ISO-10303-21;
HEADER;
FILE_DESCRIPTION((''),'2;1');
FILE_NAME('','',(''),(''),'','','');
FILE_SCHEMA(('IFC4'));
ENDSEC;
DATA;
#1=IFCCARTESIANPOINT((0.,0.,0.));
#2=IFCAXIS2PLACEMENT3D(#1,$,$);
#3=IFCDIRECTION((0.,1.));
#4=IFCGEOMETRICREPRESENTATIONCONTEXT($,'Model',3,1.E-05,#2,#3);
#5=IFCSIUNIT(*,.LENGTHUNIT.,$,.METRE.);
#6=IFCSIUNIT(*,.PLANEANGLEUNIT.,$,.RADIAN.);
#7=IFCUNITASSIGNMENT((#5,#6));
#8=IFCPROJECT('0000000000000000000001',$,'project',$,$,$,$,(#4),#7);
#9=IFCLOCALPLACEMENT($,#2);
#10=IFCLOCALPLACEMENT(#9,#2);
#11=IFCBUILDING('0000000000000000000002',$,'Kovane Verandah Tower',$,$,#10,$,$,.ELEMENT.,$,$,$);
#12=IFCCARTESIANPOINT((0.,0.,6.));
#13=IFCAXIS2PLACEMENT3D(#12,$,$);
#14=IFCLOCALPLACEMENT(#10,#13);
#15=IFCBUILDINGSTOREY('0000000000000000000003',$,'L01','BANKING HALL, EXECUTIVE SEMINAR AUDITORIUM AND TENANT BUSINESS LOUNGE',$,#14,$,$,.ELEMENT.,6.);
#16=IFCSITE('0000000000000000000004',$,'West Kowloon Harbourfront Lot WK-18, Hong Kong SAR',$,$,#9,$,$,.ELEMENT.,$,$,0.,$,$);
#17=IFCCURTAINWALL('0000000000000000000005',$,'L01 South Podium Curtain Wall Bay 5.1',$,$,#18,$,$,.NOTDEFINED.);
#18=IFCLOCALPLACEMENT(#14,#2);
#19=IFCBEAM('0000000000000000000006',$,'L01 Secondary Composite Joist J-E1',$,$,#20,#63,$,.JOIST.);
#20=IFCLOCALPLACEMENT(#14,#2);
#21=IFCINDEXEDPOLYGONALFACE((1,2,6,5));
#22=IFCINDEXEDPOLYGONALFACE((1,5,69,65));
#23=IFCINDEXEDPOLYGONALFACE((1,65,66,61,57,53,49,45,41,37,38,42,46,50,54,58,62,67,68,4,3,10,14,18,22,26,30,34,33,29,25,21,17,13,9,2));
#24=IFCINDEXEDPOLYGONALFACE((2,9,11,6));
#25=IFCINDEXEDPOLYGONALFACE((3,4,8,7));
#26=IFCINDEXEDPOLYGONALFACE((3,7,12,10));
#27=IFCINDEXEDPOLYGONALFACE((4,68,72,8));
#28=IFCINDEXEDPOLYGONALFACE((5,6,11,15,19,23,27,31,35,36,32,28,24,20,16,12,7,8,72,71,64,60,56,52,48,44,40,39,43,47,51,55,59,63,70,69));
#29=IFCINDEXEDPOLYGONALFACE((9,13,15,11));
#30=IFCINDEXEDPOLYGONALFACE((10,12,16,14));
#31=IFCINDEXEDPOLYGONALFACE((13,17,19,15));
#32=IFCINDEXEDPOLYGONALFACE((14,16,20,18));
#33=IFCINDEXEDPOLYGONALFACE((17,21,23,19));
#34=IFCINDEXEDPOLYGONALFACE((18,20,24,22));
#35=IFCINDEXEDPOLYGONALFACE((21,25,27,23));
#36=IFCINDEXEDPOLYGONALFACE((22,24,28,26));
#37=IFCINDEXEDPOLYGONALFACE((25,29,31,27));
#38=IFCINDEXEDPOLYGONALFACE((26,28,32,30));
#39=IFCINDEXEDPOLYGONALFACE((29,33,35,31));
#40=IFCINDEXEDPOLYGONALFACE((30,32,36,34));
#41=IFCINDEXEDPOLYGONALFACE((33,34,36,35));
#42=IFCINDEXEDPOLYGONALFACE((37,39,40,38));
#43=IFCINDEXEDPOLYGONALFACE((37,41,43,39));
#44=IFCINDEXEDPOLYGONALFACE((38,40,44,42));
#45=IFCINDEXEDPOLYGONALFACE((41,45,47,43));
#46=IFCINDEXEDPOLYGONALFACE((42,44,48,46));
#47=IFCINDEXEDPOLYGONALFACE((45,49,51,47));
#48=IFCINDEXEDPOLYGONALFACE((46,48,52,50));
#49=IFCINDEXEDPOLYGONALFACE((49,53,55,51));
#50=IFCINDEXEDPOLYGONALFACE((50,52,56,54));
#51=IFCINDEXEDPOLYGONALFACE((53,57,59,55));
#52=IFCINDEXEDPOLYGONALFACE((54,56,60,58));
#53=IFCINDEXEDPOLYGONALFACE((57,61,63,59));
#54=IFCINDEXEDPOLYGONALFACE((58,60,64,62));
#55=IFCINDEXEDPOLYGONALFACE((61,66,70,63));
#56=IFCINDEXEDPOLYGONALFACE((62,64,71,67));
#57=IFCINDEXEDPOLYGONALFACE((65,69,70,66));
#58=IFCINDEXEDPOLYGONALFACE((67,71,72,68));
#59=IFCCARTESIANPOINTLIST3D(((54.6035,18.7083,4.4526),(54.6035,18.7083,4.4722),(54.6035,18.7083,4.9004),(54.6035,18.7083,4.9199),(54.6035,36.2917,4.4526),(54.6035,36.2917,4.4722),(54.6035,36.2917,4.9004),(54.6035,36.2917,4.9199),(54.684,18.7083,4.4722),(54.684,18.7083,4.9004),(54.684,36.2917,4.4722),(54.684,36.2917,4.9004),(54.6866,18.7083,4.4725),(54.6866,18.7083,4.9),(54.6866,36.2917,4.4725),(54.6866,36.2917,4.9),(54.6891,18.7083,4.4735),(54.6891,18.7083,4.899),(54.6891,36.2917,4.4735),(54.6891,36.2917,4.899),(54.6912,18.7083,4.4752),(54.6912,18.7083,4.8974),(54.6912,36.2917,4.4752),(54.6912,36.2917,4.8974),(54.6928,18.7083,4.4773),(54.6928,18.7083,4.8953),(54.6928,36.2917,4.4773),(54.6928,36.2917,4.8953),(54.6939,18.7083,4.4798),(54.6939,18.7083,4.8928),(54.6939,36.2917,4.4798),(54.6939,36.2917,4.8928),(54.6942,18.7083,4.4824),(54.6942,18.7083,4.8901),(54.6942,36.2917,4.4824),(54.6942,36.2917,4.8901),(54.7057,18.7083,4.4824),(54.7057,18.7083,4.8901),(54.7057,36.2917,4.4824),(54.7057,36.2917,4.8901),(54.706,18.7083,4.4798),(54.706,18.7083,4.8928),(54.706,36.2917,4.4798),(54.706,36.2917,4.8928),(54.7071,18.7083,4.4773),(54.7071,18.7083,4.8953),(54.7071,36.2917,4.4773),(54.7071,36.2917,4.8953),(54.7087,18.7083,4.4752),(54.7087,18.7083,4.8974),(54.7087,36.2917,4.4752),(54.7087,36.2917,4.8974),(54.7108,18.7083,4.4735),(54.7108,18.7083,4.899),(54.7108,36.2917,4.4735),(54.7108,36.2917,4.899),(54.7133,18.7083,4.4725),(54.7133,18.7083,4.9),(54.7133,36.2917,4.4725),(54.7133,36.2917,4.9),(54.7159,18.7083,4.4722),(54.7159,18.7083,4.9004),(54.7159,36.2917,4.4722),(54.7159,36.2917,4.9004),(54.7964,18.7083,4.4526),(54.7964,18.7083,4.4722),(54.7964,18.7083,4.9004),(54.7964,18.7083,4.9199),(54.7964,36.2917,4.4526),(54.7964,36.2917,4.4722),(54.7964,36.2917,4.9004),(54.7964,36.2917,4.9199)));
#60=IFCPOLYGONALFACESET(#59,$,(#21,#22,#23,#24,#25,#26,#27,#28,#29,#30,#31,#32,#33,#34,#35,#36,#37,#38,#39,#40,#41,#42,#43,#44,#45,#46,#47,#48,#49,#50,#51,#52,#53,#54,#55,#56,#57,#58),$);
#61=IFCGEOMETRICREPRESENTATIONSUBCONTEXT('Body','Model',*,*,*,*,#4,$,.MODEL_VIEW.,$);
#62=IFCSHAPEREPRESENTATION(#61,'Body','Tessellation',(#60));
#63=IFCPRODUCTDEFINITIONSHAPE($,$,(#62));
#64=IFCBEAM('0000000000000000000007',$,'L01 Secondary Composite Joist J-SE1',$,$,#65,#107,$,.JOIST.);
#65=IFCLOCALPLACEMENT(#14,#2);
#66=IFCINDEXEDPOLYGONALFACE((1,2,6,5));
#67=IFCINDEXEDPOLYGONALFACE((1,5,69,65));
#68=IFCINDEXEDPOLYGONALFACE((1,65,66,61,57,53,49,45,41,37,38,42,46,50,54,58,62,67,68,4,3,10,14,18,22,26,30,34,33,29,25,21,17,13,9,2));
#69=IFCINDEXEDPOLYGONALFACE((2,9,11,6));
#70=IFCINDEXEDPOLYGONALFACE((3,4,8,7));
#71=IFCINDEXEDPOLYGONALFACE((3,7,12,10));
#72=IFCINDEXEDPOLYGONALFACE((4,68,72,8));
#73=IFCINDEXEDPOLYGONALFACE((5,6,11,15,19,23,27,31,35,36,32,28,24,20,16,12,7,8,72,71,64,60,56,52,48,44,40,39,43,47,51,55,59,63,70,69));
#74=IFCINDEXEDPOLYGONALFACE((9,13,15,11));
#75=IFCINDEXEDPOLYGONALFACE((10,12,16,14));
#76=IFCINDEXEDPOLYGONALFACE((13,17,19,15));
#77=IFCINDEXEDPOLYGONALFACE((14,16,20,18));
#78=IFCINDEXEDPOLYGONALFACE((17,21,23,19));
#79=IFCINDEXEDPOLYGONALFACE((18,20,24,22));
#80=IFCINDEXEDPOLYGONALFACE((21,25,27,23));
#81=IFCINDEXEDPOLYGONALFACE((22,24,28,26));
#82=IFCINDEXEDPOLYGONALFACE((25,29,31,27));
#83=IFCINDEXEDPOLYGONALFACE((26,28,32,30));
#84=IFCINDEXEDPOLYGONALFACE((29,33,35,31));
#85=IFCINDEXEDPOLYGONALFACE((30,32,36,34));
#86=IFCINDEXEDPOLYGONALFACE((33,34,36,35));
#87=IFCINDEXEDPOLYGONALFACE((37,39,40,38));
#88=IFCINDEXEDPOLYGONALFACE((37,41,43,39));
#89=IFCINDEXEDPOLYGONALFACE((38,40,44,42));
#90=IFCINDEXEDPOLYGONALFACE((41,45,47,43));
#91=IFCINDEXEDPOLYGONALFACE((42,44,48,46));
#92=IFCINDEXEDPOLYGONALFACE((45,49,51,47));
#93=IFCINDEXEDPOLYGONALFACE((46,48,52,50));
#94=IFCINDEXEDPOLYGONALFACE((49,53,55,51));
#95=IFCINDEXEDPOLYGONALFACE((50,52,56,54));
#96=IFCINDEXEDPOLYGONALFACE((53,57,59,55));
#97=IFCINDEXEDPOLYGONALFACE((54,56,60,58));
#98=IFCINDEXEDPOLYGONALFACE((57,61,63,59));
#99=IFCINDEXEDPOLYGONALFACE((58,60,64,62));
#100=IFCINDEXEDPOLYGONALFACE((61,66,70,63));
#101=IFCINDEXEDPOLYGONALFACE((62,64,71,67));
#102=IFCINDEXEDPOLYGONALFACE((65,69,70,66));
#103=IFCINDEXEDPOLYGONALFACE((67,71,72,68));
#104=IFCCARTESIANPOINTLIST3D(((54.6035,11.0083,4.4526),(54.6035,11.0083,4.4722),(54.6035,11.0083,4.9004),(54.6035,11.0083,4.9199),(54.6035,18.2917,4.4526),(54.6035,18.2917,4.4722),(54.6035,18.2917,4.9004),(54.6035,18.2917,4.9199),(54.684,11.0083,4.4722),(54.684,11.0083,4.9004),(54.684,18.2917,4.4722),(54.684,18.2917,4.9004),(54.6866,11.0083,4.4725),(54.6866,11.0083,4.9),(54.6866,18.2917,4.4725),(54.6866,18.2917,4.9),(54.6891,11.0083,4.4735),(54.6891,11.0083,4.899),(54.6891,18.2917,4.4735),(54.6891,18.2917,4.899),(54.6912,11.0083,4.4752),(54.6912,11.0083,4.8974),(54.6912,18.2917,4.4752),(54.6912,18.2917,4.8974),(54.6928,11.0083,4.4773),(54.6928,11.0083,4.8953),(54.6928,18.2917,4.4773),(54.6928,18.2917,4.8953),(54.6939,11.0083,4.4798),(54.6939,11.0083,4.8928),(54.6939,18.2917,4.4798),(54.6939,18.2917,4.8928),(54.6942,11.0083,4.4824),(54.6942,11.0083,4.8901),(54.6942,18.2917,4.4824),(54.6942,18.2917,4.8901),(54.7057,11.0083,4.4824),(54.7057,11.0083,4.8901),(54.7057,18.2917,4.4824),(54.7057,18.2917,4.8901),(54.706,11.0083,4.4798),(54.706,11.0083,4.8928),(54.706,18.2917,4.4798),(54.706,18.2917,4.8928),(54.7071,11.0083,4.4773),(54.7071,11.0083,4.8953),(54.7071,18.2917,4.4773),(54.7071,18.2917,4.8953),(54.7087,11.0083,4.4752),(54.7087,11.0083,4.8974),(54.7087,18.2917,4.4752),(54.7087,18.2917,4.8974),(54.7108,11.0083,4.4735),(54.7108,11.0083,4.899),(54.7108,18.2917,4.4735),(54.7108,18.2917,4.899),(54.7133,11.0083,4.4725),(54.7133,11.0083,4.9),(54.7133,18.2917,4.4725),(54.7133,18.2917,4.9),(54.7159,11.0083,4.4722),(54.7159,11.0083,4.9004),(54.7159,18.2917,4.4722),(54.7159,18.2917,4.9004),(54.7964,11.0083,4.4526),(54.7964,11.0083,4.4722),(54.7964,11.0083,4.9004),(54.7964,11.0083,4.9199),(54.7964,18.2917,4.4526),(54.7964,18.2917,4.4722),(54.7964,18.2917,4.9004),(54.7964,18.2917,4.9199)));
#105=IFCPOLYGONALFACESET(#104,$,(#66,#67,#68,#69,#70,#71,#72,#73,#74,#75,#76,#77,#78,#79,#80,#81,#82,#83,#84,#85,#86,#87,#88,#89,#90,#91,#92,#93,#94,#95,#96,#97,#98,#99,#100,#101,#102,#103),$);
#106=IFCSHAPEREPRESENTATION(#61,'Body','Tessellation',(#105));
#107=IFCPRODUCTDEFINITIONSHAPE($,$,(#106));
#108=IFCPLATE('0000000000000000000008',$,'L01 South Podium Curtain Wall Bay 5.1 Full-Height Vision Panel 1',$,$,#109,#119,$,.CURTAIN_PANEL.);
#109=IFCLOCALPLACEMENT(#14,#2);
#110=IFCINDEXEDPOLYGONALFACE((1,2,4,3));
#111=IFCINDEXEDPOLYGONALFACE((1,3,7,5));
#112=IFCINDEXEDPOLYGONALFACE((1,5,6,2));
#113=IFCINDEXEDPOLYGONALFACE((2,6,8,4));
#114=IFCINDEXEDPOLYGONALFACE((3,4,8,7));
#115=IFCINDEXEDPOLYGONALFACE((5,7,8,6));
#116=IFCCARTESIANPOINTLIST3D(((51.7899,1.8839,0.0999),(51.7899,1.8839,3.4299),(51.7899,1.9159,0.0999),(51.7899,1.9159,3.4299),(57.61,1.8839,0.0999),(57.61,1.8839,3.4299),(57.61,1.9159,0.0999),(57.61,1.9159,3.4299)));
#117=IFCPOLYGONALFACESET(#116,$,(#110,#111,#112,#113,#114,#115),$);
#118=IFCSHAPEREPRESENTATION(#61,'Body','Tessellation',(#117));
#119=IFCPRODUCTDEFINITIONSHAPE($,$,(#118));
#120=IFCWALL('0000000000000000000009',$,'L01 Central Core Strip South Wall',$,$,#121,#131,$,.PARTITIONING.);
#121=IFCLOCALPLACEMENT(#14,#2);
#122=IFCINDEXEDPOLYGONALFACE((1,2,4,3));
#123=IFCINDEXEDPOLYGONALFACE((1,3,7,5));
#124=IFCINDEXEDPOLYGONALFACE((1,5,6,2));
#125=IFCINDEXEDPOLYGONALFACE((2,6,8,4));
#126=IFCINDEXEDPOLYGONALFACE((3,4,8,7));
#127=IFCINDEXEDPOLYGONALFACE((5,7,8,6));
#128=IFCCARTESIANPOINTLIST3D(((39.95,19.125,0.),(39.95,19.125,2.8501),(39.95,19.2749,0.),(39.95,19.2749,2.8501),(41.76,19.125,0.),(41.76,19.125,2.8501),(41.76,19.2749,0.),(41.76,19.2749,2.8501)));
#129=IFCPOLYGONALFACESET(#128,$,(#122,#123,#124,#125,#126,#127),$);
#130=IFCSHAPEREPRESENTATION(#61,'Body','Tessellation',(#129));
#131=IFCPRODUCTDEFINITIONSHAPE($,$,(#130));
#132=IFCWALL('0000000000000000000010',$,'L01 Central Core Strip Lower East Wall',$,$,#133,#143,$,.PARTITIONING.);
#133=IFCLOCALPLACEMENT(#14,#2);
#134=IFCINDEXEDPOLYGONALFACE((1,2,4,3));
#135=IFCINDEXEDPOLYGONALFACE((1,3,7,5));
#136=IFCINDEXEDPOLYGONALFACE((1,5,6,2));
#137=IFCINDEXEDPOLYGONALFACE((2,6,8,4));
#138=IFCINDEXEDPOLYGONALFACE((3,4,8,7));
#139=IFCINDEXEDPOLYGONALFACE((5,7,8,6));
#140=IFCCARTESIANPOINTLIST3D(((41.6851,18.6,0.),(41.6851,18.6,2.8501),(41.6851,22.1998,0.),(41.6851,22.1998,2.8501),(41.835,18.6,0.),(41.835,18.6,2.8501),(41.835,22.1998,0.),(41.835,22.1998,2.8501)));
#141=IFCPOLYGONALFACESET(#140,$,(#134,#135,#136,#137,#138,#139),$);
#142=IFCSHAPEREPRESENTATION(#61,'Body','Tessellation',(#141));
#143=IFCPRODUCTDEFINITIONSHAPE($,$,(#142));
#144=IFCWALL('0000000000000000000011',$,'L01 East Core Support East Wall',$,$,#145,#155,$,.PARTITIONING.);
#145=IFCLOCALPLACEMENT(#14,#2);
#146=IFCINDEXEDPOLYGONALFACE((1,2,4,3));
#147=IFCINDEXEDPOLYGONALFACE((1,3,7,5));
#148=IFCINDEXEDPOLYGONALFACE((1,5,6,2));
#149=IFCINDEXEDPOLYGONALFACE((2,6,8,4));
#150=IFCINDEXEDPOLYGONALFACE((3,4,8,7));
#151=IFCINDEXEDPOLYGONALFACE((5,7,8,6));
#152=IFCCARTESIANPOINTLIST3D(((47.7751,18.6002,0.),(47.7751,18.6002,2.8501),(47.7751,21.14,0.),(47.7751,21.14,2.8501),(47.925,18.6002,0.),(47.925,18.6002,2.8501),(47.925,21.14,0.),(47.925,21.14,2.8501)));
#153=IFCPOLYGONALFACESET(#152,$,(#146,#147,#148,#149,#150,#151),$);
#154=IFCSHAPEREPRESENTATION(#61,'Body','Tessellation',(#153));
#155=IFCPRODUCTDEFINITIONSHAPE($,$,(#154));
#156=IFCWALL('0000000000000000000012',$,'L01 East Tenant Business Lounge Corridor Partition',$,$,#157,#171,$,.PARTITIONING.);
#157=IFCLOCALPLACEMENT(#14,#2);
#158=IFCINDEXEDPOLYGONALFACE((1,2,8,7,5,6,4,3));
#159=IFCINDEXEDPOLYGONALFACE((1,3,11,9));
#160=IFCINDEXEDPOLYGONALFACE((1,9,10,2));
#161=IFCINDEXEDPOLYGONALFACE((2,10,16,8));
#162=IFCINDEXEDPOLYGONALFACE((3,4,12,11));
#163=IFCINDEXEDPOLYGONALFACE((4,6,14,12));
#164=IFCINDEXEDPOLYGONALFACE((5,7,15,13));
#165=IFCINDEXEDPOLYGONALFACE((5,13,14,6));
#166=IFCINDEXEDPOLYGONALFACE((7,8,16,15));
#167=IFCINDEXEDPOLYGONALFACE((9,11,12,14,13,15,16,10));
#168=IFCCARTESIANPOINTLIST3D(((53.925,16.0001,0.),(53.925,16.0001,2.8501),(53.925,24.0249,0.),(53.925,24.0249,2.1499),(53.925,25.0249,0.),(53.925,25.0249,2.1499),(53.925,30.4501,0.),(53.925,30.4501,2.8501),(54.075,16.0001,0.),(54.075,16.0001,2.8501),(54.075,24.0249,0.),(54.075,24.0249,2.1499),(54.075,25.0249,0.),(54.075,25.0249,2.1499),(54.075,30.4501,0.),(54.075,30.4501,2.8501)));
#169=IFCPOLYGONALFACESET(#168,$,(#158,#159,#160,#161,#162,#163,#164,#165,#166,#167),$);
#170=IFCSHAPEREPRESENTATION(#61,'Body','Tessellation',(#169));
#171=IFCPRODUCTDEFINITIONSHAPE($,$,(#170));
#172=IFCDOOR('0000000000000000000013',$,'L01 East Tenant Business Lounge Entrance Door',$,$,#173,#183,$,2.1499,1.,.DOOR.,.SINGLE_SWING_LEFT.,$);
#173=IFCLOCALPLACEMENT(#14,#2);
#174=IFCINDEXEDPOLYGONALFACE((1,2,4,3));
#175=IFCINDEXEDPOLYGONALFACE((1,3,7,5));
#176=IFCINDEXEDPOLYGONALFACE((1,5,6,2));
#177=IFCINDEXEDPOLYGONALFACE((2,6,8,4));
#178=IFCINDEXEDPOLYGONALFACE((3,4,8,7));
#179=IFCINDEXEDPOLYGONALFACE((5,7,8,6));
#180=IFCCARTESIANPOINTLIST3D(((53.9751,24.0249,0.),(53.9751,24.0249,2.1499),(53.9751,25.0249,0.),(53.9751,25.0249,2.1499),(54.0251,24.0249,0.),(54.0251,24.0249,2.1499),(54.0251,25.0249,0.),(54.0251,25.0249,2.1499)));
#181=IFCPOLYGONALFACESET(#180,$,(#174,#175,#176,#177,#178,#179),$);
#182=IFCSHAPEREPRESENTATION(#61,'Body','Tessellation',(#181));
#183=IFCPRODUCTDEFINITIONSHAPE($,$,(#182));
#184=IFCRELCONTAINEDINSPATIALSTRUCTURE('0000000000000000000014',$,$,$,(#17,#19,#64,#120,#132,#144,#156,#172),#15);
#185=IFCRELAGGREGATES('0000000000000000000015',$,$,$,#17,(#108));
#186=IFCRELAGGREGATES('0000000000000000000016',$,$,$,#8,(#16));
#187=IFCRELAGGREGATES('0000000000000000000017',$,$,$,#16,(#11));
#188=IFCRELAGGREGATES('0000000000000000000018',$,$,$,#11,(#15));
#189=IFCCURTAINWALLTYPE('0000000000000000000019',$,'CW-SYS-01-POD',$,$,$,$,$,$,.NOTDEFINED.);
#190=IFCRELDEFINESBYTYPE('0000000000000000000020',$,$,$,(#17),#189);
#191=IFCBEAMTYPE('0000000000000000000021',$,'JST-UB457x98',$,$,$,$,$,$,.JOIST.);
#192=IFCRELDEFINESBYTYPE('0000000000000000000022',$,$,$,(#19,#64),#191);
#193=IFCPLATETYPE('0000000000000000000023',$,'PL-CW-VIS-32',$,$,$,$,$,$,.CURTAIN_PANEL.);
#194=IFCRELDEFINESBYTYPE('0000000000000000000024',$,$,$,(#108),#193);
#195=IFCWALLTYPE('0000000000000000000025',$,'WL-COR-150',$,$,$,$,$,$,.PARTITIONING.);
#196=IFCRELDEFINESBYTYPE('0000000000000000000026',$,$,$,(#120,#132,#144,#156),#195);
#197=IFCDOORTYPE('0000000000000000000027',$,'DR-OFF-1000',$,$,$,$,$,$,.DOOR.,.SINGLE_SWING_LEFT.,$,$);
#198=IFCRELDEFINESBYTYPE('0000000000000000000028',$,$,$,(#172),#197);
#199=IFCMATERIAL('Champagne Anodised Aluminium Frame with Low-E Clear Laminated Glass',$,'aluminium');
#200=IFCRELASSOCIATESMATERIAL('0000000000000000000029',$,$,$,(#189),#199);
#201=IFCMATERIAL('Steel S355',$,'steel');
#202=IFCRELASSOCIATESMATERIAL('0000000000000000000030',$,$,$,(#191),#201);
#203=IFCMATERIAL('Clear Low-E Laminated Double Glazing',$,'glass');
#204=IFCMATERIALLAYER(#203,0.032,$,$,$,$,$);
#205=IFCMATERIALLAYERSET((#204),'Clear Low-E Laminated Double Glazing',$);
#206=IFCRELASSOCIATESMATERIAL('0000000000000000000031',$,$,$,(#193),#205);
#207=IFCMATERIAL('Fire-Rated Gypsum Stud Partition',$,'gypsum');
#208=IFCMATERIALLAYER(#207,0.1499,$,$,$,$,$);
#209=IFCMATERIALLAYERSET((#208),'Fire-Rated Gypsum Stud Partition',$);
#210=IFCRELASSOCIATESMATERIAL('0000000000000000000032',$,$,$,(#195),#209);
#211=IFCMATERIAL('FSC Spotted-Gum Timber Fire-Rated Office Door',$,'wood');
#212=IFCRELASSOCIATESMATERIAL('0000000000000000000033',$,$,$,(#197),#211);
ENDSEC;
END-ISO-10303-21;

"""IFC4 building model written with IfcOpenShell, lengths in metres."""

from ifc_helpers import new_model, si_unit, direction, frame, frame_2d, origin, origin_2d, place, context, subcontext, project, spatial, rectangle, i_section, extrude, material, layer, layer_set, material_profile, profile_set, type_object, element, fill, aggregate, save


model = new_model("IFC4")

# Units and contexts
model_context = context("Model", 3, precision=1e-05, world=origin(), true_north=direction((0.0, 1.0)))
body_context = subcontext(model_context, "Body", "Model", "MODEL_VIEW")
ifc_project = project(units=[si_unit("LENGTHUNIT", "METRE"), si_unit("PLANEANGLEUNIT", "RADIAN")], contexts=[model_context])

# Site, building, storey
site_placement = place(None, origin())
site = spatial("IfcSite", under=ifc_project, at=site_placement, Name="West Kowloon Harbourfront Lot WK-18, Hong Kong SAR", CompositionType="ELEMENT", RefElevation=0.0)
building_placement = place(site_placement, origin())
building = spatial("IfcBuilding", under=site, at=building_placement, Name="Kovane Verandah Tower", CompositionType="ELEMENT")
storey_placement = place(building_placement, frame((0.0, 0.0, 6.0)))
storey = spatial("IfcBuildingStorey", under=building, at=storey_placement, Name="L01", Description="BANKING HALL, EXECUTIVE SEMINAR AUDITORIUM AND TENANT BUSINESS LOUNGE", CompositionType="ELEMENT", Elevation=6.0)

# Curtain wall
ifc_material_1 = material(Name="Champagne Anodised Aluminium Frame with Low-E Clear Laminated Glass", Category="aluminium")
curtain_wall_type = type_object("IfcCurtainWallType", Name="CW-SYS-01-POD", PredefinedType="NOTDEFINED", material=ifc_material_1)
curtain_wall_placement = place(storey_placement, origin())
curtain_wall = element("IfcCurtainWall", 1, at=curtain_wall_placement, inside=storey, type_object=curtain_wall_type, Name="L01 South Podium Curtain Wall Bay 5.1", PredefinedType="NOTDEFINED")

# Beams
ifc_material_2 = material(Name="Steel S355", Category="steel")
ifc_material_profile_1 = material_profile(ifc_material_2, i_section(OverallWidth=0.1929, OverallDepth=0.4673, WebThickness=0.0115, FlangeThickness=0.0195, FilletRadius=0.0103, at=origin_2d()), Name="UB457x191x98")
ifc_profile_set_1 = profile_set([ifc_material_profile_1], Name="Steel S355")
beam_type_1 = type_object("IfcBeamType", Name="JST-UB457x98", PredefinedType="JOIST", material=ifc_profile_set_1)
beam_1_placement = place(storey_placement, frame((54.7, 18.7083, 4.6863), z_axis=(0.0, 1.0, 0.0), x_axis=(-1.0, 0.0, 0.0)))
element("IfcBeam", 2, at=beam_1_placement, inside=storey, type_object=beam_type_1, Name="L01 Secondary Composite Joist J-E1", PredefinedType="JOIST", context=body_context, shape_type="SweptSolid", body=[
    extrude(i_section(OverallWidth=0.1929, OverallDepth=0.4673, WebThickness=0.0115, FlangeThickness=0.0195, FilletRadius=0.0103, at=origin_2d()), origin(), (0.0, 0.0, 1.0), 17.5835),
])
beam_2_placement = place(storey_placement, frame((54.7, 11.0083, 4.6863), z_axis=(0.0, 1.0, 0.0), x_axis=(-1.0, 0.0, 0.0)))
element("IfcBeam", 3, at=beam_2_placement, inside=storey, type_object=beam_type_1, Name="L01 Secondary Composite Joist J-SE1", PredefinedType="JOIST", context=body_context, shape_type="SweptSolid", body=[
    extrude(i_section(OverallWidth=0.1929, OverallDepth=0.4673, WebThickness=0.0115, FlangeThickness=0.0195, FilletRadius=0.0103, at=origin_2d()), origin(), (0.0, 0.0, 1.0), 7.2834),
])

# Plate
ifc_material_3 = material(Name="Clear Low-E Laminated Double Glazing", Category="glass")
ifc_layer_1 = layer(ifc_material_3, 0.032)
ifc_layer_set_1 = layer_set([ifc_layer_1], Name="Clear Low-E Laminated Double Glazing")
plate_type = type_object("IfcPlateType", Name="PL-CW-VIS-32", PredefinedType="CURTAIN_PANEL", material=ifc_layer_set_1)
plate_placement = place(storey_placement, frame((54.7, 1.8999, 0.0999), z_axis=(0.0, 0.0, 1.0), x_axis=(1.0, 0.0, 0.0)))
plate = element("IfcPlate", 4, at=plate_placement, type_object=plate_type, Name="L01 South Podium Curtain Wall Bay 5.1 Full-Height Vision Panel 1", PredefinedType="CURTAIN_PANEL", context=body_context, shape_type="SweptSolid", body=[
    extrude(rectangle(XDim=5.8201, YDim=0.032, at=origin_2d()), origin(), (0.0, 0.0, 1.0), 3.3301),
])
aggregate(curtain_wall, [plate])

# Walls
ifc_material_4 = material(Name="Fire-Rated Gypsum Stud Partition", Category="gypsum")
ifc_layer_2 = layer(ifc_material_4, 0.1499)
ifc_layer_set_2 = layer_set([ifc_layer_2], Name="Fire-Rated Gypsum Stud Partition")
wall_type_1 = type_object("IfcWallType", Name="WL-COR-150", PredefinedType="PARTITIONING", material=ifc_layer_set_2)
wall_1_placement = place(storey_placement, frame((39.95, 19.2, 0.0), z_axis=(0.0, 0.0, 1.0), x_axis=(1.0, 0.0, 0.0)))
element("IfcWall", 5, at=wall_1_placement, inside=storey, type_object=wall_type_1, Name="L01 Central Core Strip South Wall", PredefinedType="PARTITIONING", context=body_context, shape_type="SweptSolid", body=[
    extrude(rectangle(XDim=1.8101, YDim=0.1499, at=frame_2d((0.905, 0.0))), origin(), (0.0, 0.0, 1.0), 2.8501),
])
wall_2_placement = place(storey_placement, frame((41.76, 18.6001, 0.0), z_axis=(0.0, 0.0, 1.0), x_axis=(0.0, 1.0, 0.0)))
element("IfcWall", 6, at=wall_2_placement, inside=storey, type_object=wall_type_1, Name="L01 Central Core Strip Lower East Wall", PredefinedType="PARTITIONING", context=body_context, shape_type="SweptSolid", body=[
    extrude(rectangle(XDim=3.5999, YDim=0.1499, at=frame_2d((1.7998, 0.0))), origin(), (0.0, 0.0, 1.0), 2.8501),
])
wall_3_placement = place(storey_placement, frame((47.8501, 18.6001, 0.0), z_axis=(0.0, 0.0, 1.0), x_axis=(0.0, 1.0, 0.0)))
element("IfcWall", 7, at=wall_3_placement, inside=storey, type_object=wall_type_1, Name="L01 East Core Support East Wall", PredefinedType="PARTITIONING", context=body_context, shape_type="SweptSolid", body=[
    extrude(rectangle(XDim=2.5398, YDim=0.1499, at=frame_2d((1.27, 0.0))), origin(), (0.0, 0.0, 1.0), 2.8501),
])

# Wall, opening, door
wall_4_placement = place(storey_placement, frame((54.0, 16.0, 0.0), z_axis=(0.0, 0.0, 1.0), x_axis=(0.0, 1.0, 0.0)))
wall_4 = element("IfcWall", 8, at=wall_4_placement, inside=storey, type_object=wall_type_1, Name="L01 East Tenant Business Lounge Corridor Partition", PredefinedType="PARTITIONING", context=body_context, shape_type="SweptSolid", body=[
    extrude(rectangle(XDim=14.45, YDim=0.1499, at=frame_2d((7.2251, 0.0))), origin(), (0.0, 0.0, 1.0), 2.8501),
])
opening_placement = place(wall_4_placement, frame((8.0249, 0.0, 0.0)))
opening = element("IfcOpeningElement", 9, at=opening_placement, cuts=wall_4, PredefinedType="OPENING", context=body_context, shape_type="SweptSolid", body=[
    extrude(rectangle(XDim=1.0, YDim=2.1499, at=frame_2d((0.5, 1.075))), frame((0.0, 0.075, 0.0), z_axis=(0.0, -1.0, 0.0), x_axis=(1.0, 0.0, 0.0)), (0.0, 0.0, 1.0), 0.1499),
])
ifc_material_5 = material(Name="FSC Spotted-Gum Timber Fire-Rated Office Door", Category="wood")
door_type = type_object("IfcDoorType", Name="DR-OFF-1000", OperationType="SINGLE_SWING_LEFT", PredefinedType="DOOR", material=ifc_material_5)
door_placement = place(opening_placement, origin())
door = element("IfcDoor", 10, at=door_placement, inside=storey, type_object=door_type, Name="L01 East Tenant Business Lounge Entrance Door", OperationType="SINGLE_SWING_LEFT", OverallHeight=2.1499, OverallWidth=1.0, PredefinedType="DOOR", context=body_context, shape_type="SweptSolid", body=[
    extrude(rectangle(XDim=1.0, YDim=2.1499, at=frame_2d((0.5, 1.075))), frame((0.0, 0.0249, 0.0), z_axis=(0.0, -1.0, 0.0), x_axis=(1.0, 0.0, 0.0)), (0.0, 0.0, 1.0), 0.05),
])
fill(opening, door)

save(model, "model.ifc")
